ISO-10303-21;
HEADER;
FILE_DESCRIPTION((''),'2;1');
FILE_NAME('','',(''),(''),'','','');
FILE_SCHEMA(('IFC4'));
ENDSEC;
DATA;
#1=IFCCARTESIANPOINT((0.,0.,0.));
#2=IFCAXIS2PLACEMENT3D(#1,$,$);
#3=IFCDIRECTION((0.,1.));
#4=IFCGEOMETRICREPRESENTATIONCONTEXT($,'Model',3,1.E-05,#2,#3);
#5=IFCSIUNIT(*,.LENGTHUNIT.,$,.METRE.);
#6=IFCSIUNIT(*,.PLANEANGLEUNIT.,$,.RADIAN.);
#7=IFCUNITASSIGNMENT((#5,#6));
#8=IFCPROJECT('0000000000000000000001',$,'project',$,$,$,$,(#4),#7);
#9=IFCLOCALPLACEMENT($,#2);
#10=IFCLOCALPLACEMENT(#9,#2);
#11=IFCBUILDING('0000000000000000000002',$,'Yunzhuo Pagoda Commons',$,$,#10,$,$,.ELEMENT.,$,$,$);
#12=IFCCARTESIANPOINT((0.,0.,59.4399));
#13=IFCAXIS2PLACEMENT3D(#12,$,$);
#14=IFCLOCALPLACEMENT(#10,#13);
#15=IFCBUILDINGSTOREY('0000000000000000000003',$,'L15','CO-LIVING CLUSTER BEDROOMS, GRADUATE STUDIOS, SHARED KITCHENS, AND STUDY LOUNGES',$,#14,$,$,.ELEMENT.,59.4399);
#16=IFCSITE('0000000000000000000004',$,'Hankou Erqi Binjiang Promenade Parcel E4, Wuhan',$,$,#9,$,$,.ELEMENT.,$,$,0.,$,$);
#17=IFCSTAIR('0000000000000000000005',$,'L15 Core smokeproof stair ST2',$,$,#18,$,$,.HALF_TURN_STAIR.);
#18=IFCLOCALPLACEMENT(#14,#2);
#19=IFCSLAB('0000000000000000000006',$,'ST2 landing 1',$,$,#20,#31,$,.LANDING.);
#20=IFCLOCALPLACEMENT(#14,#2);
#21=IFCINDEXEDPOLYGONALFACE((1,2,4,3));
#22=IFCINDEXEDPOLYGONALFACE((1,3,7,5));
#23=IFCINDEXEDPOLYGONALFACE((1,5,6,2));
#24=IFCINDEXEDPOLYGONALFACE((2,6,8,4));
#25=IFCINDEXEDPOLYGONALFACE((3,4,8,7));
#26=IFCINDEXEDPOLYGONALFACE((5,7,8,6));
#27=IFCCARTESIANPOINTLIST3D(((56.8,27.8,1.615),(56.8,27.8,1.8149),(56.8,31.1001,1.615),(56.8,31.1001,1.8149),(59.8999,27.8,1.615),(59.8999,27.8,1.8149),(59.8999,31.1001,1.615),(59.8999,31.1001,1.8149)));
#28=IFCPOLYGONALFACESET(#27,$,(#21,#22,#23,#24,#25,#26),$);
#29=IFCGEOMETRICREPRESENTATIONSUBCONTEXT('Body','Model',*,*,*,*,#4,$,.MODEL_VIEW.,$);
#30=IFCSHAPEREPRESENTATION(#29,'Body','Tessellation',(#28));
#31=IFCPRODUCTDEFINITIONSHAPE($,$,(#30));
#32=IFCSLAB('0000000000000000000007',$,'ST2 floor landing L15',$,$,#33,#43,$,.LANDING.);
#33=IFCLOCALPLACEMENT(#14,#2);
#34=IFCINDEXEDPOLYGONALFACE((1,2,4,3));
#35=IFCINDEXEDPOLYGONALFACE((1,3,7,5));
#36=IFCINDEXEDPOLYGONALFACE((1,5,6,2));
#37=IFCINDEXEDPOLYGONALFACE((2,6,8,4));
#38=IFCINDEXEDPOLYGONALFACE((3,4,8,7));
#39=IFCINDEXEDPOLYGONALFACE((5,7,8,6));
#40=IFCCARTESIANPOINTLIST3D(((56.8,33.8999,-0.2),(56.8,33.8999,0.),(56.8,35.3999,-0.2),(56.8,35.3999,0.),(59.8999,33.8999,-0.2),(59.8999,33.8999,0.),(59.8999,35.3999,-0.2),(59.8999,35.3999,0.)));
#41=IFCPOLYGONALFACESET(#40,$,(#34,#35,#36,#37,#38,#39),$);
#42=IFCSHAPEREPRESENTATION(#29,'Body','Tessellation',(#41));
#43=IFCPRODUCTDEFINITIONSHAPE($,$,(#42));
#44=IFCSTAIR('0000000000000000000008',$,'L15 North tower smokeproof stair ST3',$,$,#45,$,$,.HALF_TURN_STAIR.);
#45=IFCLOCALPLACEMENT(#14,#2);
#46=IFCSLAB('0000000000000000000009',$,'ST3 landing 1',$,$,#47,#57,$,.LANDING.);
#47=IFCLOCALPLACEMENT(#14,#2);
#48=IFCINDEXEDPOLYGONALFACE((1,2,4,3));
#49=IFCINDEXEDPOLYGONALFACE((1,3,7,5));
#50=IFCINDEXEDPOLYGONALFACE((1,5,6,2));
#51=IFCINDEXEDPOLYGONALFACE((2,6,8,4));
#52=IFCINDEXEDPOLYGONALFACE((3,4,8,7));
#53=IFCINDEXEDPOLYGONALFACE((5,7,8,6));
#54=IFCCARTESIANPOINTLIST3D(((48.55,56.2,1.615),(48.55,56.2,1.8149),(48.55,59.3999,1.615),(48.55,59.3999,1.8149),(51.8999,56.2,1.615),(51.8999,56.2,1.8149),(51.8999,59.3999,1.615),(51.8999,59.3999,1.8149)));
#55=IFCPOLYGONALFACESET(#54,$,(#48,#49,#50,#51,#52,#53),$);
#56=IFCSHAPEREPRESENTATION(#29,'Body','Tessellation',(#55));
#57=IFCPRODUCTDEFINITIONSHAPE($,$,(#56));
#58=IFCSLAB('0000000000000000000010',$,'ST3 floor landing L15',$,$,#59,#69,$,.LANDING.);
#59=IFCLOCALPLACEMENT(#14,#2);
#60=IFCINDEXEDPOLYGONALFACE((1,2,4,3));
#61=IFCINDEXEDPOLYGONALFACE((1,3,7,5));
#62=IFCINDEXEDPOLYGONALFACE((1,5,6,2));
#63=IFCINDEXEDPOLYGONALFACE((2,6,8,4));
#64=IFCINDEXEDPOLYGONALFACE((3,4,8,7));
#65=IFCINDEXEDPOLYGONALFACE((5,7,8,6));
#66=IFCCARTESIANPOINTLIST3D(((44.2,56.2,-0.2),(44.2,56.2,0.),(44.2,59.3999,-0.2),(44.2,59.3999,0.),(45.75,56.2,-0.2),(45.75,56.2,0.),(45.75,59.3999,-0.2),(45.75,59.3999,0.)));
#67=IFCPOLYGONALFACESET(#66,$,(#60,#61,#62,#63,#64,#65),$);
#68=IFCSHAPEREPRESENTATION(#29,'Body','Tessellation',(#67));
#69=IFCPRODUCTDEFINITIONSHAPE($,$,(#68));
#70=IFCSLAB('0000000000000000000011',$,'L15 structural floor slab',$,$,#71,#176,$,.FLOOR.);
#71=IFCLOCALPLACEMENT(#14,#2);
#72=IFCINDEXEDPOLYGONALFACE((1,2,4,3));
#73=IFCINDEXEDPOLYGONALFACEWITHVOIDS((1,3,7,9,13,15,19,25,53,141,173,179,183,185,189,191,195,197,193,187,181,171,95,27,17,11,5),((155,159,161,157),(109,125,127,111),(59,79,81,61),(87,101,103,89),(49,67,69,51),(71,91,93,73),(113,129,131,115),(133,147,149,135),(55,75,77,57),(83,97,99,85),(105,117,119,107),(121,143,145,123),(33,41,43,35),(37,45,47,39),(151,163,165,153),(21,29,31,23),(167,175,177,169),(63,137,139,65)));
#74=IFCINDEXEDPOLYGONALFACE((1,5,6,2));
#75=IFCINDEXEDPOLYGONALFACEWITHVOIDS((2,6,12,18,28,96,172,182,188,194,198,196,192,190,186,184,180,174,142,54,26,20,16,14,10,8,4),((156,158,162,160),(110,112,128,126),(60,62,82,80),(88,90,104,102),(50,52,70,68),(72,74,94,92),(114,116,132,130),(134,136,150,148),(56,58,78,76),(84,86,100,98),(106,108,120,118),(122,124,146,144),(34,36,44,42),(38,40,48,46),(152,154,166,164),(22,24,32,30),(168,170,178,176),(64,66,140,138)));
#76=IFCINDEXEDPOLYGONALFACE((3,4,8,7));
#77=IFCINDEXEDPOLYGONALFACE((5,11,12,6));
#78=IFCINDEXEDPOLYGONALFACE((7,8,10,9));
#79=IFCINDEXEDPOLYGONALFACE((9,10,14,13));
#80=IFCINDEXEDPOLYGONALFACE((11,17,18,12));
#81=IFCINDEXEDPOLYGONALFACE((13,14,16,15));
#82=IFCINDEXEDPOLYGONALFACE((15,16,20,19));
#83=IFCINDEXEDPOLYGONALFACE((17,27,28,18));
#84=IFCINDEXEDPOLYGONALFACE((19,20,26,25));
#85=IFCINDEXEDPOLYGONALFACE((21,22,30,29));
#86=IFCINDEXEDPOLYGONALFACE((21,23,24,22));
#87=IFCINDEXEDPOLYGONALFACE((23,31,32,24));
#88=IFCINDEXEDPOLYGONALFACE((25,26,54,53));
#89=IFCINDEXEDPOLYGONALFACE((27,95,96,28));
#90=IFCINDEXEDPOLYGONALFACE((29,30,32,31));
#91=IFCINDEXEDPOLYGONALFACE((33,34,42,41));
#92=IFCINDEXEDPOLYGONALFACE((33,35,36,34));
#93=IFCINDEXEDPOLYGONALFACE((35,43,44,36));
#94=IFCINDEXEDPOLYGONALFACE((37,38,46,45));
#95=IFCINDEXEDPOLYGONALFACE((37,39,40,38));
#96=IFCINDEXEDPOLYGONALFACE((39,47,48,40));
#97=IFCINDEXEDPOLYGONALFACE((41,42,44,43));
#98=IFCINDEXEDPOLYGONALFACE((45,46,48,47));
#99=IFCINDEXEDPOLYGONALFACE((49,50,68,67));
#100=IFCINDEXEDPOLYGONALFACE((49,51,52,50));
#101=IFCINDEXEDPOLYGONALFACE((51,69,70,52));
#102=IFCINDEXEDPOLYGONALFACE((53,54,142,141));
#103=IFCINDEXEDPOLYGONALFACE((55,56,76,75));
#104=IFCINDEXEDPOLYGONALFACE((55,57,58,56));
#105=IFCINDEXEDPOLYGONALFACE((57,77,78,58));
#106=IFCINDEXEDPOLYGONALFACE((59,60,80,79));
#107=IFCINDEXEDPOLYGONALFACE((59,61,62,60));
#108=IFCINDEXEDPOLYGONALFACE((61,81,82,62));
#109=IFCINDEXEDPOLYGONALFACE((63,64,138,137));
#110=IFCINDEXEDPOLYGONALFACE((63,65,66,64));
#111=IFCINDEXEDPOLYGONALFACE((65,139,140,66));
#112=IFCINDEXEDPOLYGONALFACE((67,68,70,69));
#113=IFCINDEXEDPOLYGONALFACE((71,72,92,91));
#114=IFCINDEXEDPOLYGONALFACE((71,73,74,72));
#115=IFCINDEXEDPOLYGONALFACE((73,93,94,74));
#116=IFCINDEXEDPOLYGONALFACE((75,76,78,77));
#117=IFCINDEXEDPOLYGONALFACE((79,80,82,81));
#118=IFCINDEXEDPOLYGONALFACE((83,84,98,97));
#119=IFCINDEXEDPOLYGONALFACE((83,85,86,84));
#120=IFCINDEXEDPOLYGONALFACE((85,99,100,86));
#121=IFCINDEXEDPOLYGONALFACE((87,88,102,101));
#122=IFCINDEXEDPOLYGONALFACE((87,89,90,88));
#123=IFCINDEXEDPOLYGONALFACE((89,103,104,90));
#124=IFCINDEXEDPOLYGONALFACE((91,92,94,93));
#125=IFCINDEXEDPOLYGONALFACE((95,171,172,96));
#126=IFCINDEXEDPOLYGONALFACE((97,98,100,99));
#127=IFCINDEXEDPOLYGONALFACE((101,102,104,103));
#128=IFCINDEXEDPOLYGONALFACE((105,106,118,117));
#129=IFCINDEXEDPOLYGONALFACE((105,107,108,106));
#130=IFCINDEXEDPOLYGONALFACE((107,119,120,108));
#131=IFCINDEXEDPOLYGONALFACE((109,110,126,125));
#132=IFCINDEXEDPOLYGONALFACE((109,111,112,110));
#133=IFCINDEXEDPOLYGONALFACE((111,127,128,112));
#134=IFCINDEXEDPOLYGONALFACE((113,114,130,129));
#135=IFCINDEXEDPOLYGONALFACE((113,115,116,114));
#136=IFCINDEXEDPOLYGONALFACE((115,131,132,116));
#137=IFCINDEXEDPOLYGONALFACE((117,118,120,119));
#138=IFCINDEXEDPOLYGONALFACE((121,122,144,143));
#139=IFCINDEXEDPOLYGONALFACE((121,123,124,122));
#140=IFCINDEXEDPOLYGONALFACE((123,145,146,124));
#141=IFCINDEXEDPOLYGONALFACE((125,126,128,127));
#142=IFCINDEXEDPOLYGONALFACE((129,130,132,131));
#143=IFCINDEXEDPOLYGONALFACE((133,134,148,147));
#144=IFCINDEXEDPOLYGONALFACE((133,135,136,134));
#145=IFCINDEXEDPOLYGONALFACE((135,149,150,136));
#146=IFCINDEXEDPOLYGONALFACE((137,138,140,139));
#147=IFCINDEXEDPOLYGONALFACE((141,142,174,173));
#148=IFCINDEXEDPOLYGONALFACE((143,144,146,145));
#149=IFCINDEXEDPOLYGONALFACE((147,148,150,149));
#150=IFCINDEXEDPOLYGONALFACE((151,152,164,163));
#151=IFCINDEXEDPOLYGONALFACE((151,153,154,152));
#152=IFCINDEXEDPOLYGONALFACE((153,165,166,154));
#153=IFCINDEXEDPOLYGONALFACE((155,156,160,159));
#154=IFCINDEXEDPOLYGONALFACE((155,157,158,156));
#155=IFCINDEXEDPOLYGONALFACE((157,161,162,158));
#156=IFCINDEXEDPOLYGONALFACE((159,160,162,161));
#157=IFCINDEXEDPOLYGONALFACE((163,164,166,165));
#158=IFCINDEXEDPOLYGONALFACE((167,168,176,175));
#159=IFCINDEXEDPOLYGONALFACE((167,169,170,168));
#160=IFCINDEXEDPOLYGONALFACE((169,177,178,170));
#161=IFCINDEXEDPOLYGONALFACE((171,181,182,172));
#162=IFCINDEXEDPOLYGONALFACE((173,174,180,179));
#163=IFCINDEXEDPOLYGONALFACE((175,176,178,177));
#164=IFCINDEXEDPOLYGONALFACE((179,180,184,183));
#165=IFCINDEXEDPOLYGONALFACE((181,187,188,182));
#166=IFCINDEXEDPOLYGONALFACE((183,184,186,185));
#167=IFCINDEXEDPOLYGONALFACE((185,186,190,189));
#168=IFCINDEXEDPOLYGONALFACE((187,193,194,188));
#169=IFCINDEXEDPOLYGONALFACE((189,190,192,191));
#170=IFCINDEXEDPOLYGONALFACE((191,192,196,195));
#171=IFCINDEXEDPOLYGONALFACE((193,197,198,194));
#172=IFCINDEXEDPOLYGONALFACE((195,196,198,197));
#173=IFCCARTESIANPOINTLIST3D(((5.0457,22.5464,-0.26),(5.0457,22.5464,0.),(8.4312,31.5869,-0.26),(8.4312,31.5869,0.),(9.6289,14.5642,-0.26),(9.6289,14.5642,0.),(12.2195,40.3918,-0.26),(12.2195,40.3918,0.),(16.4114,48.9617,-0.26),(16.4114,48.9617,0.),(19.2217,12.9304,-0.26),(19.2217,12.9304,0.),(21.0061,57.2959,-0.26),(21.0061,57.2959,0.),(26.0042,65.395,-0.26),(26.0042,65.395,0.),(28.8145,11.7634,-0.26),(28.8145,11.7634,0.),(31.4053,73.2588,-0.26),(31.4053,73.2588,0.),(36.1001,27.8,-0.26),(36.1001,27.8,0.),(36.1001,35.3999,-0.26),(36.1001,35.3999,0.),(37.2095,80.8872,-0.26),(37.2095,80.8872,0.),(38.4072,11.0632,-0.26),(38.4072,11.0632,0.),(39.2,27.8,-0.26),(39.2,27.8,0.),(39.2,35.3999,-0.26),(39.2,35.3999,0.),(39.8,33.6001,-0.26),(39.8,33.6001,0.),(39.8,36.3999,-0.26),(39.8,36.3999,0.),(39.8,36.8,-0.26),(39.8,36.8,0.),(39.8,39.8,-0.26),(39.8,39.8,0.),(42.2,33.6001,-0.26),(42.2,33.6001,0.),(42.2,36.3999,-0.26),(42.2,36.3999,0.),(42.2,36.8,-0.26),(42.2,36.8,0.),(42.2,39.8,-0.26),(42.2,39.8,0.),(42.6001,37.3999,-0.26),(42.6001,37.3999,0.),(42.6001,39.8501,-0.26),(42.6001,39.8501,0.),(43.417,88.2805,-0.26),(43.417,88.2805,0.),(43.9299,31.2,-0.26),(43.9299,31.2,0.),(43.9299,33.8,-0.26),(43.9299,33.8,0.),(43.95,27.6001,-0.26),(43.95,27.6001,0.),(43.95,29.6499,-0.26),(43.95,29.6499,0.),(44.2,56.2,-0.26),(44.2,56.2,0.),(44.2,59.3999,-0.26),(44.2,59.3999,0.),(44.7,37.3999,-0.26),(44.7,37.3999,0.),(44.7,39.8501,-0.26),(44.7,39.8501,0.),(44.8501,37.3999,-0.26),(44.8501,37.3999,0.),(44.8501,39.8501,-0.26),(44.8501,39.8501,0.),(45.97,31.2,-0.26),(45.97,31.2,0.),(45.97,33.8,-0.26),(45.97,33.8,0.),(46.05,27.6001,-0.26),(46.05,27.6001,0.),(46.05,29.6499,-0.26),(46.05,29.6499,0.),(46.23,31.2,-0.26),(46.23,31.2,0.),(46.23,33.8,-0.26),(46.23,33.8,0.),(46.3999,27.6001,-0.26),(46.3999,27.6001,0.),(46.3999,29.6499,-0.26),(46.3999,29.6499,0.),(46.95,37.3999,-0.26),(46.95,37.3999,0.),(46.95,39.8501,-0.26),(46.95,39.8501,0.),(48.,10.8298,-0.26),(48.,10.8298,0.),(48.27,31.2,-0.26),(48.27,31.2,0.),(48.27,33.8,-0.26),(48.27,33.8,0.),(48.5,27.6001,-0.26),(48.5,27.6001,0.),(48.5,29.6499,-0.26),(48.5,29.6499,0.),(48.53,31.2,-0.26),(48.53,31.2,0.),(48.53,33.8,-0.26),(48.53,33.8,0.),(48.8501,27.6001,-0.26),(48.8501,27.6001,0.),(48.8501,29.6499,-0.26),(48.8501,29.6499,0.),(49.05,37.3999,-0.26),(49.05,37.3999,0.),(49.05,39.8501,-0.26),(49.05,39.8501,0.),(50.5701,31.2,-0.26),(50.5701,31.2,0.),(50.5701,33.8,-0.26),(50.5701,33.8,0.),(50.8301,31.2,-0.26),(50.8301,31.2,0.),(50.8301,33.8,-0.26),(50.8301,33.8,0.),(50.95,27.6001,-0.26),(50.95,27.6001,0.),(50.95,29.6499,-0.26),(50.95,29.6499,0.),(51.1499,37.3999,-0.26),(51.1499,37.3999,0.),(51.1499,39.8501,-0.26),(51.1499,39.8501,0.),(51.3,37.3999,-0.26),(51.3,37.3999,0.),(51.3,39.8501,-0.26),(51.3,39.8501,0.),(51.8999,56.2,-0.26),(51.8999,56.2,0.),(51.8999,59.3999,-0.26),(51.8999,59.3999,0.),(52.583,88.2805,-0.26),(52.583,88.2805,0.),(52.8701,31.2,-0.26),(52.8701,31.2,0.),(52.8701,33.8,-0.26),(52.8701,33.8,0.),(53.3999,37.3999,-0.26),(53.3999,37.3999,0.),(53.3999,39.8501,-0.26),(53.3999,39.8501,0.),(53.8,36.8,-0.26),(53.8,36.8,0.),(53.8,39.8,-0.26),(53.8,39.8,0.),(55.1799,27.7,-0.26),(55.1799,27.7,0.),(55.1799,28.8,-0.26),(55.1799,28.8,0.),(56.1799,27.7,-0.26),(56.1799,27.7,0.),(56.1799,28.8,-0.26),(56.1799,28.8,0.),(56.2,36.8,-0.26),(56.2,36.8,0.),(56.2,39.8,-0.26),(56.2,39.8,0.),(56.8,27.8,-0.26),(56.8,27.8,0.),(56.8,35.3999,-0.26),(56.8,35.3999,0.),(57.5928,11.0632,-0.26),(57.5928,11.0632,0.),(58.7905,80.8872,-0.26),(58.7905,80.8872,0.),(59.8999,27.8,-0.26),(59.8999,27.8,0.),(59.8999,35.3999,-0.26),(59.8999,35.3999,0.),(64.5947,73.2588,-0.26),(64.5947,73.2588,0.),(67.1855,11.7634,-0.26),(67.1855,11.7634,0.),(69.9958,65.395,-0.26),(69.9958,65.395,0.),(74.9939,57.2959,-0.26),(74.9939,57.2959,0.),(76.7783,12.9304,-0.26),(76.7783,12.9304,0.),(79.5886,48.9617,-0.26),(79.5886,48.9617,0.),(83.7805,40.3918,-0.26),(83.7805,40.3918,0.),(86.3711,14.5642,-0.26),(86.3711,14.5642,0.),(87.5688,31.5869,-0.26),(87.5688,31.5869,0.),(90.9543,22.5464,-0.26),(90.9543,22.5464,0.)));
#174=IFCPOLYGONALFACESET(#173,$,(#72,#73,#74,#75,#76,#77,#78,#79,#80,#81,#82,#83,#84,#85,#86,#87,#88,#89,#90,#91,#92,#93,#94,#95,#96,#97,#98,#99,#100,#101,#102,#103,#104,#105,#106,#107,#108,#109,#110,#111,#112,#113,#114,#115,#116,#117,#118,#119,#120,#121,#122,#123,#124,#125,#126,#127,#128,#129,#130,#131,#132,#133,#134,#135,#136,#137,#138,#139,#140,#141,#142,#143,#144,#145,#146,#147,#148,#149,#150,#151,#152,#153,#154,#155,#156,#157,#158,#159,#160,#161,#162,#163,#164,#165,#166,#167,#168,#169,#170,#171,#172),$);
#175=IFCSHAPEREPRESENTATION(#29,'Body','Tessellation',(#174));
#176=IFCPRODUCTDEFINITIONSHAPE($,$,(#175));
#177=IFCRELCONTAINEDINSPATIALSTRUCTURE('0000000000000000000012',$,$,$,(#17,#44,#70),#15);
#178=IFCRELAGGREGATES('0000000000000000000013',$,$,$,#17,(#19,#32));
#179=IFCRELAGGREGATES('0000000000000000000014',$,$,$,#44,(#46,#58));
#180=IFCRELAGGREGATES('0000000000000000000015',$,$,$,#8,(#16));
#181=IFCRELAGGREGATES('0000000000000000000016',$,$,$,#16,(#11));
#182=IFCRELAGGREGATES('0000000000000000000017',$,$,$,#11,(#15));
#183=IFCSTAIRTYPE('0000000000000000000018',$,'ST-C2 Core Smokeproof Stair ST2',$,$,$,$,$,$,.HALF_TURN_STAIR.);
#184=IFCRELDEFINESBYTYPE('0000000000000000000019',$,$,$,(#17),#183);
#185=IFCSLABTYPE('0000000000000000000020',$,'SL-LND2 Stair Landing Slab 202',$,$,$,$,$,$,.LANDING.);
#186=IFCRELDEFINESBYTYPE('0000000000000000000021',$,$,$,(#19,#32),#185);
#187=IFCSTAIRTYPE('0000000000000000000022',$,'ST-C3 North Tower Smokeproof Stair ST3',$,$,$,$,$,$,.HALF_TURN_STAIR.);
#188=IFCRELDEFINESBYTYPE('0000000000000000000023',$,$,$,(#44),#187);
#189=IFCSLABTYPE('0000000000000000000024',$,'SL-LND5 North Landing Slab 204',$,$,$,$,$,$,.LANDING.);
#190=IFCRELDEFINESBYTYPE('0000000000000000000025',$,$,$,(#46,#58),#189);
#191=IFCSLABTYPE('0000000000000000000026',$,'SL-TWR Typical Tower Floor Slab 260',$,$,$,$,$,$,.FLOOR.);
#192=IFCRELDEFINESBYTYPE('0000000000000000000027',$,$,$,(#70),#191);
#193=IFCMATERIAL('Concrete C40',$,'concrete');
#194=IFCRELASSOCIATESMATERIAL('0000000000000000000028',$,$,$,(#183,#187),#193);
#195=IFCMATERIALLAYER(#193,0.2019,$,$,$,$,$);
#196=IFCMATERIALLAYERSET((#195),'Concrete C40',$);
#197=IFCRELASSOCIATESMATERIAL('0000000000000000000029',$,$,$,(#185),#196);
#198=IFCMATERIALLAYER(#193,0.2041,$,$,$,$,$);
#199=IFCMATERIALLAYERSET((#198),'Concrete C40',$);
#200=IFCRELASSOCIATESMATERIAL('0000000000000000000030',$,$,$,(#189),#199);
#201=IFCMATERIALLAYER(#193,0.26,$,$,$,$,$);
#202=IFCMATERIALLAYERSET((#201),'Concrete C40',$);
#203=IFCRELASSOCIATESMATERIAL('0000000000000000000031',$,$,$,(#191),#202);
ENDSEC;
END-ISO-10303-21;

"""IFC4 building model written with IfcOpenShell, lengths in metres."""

from ifc_helpers import new_model, si_unit, direction, frame, origin, place, context, subcontext, project, spatial, polyline, outline, extrude, material, layer, layer_set, type_object, element, aggregate, save


model = new_model("IFC4")

# Units and contexts
model_context = context("Model", 3, precision=1e-05, world=origin(), true_north=direction((0.0, 1.0)))
body_context = subcontext(model_context, "Body", "Model", "MODEL_VIEW")
ifc_project = project(units=[si_unit("LENGTHUNIT", "METRE"), si_unit("PLANEANGLEUNIT", "RADIAN")], contexts=[model_context])

# Site, building, storey
site_placement = place(None, origin())
site = spatial("IfcSite", under=ifc_project, at=site_placement, Name="Hankou Erqi Binjiang Promenade Parcel E4, Wuhan", CompositionType="ELEMENT", RefElevation=0.0)
building_placement = place(site_placement, origin())
building = spatial("IfcBuilding", under=site, at=building_placement, Name="Yunzhuo Pagoda Commons", CompositionType="ELEMENT")
storey_placement = place(building_placement, frame((0.0, 0.0, 59.4399)))
storey = spatial("IfcBuildingStorey", under=building, at=storey_placement, Name="L15", Description="CO-LIVING CLUSTER BEDROOMS, GRADUATE STUDIOS, SHARED KITCHENS, AND STUDY LOUNGES", CompositionType="ELEMENT", Elevation=59.4399)

# Shared definitions
ifc_material_1 = material(Name="Concrete C40", Category="concrete")

# Stairs, slabs
stair_type_1 = type_object("IfcStairType", Name="ST-C2 Core Smokeproof Stair ST2", PredefinedType="HALF_TURN_STAIR", material=ifc_material_1)
stair_1_placement = place(storey_placement, origin())
stair_1 = element("IfcStair", 1, at=stair_1_placement, inside=storey, type_object=stair_type_1, Name="L15 Core smokeproof stair ST2", PredefinedType="HALF_TURN_STAIR")
ifc_layer_1 = layer(ifc_material_1, 0.2019)
ifc_layer_set_1 = layer_set([ifc_layer_1], Name="Concrete C40")
slab_type_1 = type_object("IfcSlabType", Name="SL-LND2 Stair Landing Slab 202", PredefinedType="LANDING", material=ifc_layer_set_1)
slab_1_placement = place(storey_placement, frame((0.0, 0.0, 1.615)))
slab_1 = element("IfcSlab", 2, at=slab_1_placement, type_object=slab_type_1, Name="ST2 landing 1", PredefinedType="LANDING", context=body_context, shape_type="SweptSolid", body=[
    extrude(outline(polyline([(56.8, 31.1001), (56.8, 27.8), (59.8999, 27.8), (59.8999, 31.1001), (56.8, 31.1001)])), origin(), (0.0, 0.0, 1.0), 0.2),
])
slab_2_placement = place(storey_placement, frame((0.0, 0.0, -0.2)))
slab_2 = element("IfcSlab", 3, at=slab_2_placement, type_object=slab_type_1, Name="ST2 floor landing L15", PredefinedType="LANDING", context=body_context, shape_type="SweptSolid", body=[
    extrude(outline(polyline([(56.8, 35.3999), (56.8, 33.8999), (59.8999, 33.8999), (59.8999, 35.3999), (56.8, 35.3999)])), origin(), (0.0, 0.0, 1.0), 0.2),
])
aggregate(stair_1, [slab_1, slab_2])
stair_type_2 = type_object("IfcStairType", Name="ST-C3 North Tower Smokeproof Stair ST3", PredefinedType="HALF_TURN_STAIR", material=ifc_material_1)
stair_2_placement = place(storey_placement, origin())
stair_2 = element("IfcStair", 4, at=stair_2_placement, inside=storey, type_object=stair_type_2, Name="L15 North tower smokeproof stair ST3", PredefinedType="HALF_TURN_STAIR")
ifc_layer_2 = layer(ifc_material_1, 0.2041)
ifc_layer_set_2 = layer_set([ifc_layer_2], Name="Concrete C40")
slab_type_2 = type_object("IfcSlabType", Name="SL-LND5 North Landing Slab 204", PredefinedType="LANDING", material=ifc_layer_set_2)
slab_3_placement = place(storey_placement, frame((0.0, 0.0, 1.615)))
slab_3 = element("IfcSlab", 5, at=slab_3_placement, type_object=slab_type_2, Name="ST3 landing 1", PredefinedType="LANDING", context=body_context, shape_type="SweptSolid", body=[
    extrude(outline(polyline([(48.55, 56.2), (51.8999, 56.2), (51.8999, 59.3999), (48.55, 59.3999), (48.55, 56.2)])), origin(), (0.0, 0.0, 1.0), 0.2),
])
slab_4_placement = place(storey_placement, frame((0.0, 0.0, -0.2)))
slab_4 = element("IfcSlab", 6, at=slab_4_placement, type_object=slab_type_2, Name="ST3 floor landing L15", PredefinedType="LANDING", context=body_context, shape_type="SweptSolid", body=[
    extrude(outline(polyline([(44.2, 56.2), (45.75, 56.2), (45.75, 59.3999), (44.2, 59.3999), (44.2, 56.2)])), origin(), (0.0, 0.0, 1.0), 0.2),
])
aggregate(stair_2, [slab_3, slab_4])

# Slab
ifc_layer_3 = layer(ifc_material_1, 0.26)
ifc_layer_set_3 = layer_set([ifc_layer_3], Name="Concrete C40")
slab_type_3 = type_object("IfcSlabType", Name="SL-TWR Typical Tower Floor Slab 260", PredefinedType="FLOOR", material=ifc_layer_set_3)
slab_5_placement = place(storey_placement, frame((0.0, 0.0, -0.26)))
element("IfcSlab", 7, at=slab_5_placement, inside=storey, type_object=slab_type_3, Name="L15 structural floor slab", PredefinedType="FLOOR", context=body_context, shape_type="SweptSolid", body=[
    extrude(outline(polyline([(8.4312, 31.5869), (12.2195, 40.3918), (16.4114, 48.9617), (21.0061, 57.2959), (26.0042, 65.395), (31.4053, 73.2588), (37.2095, 80.8872), (43.417, 88.2805), (52.583, 88.2805), (58.7905, 80.8872), (64.5947, 73.2588), (69.9958, 65.395), (74.9939, 57.2959), (79.5886, 48.9617), (83.7805, 40.3918), (87.5688, 31.5869), (90.9543, 22.5464), (86.3711, 14.5642), (76.7783, 12.9304), (67.1855, 11.7634), (57.5928, 11.0632), (48.0, 10.8298), (38.4072, 11.0632), (28.8145, 11.7634), (19.2217, 12.9304), (9.6289, 14.5642), (5.0457, 22.5464), (8.4312, 31.5869)]), holes=[polyline([(46.05, 27.6001), (46.05, 29.6499), (43.95, 29.6499), (43.95, 27.6001), (46.05, 27.6001)]), polyline([(48.5, 27.6001), (48.5, 29.6499), (46.3999, 29.6499), (46.3999, 27.6001), (48.5, 27.6001)]), polyline([(36.1001, 27.8), (39.2, 27.8), (39.2, 35.3999), (36.1001, 35.3999), (36.1001, 27.8)]), polyline([(45.97, 31.2), (45.97, 33.8), (43.9299, 33.8), (43.9299, 31.2), (45.97, 31.2)]), polyline([(48.27, 31.2), (48.27, 33.8), (46.23, 33.8), (46.23, 31.2), (48.27, 31.2)]), polyline([(42.2, 33.6001), (42.2, 36.3999), (39.8, 36.3999), (39.8, 33.6001), (42.2, 33.6001)]), polyline([(42.2, 36.8), (42.2, 39.8), (39.8, 39.8), (39.8, 36.8), (42.2, 36.8)]), polyline([(42.6001, 37.3999), (44.7, 37.3999), (44.7, 39.8501), (42.6001, 39.8501), (42.6001, 37.3999)]), polyline([(44.8501, 37.3999), (46.95, 37.3999), (46.95, 39.8501), (44.8501, 39.8501), (44.8501, 37.3999)]), polyline([(56.1799, 27.7), (56.1799, 28.8), (55.1799, 28.8), (55.1799, 27.7), (56.1799, 27.7)]), polyline([(50.95, 27.6001), (50.95, 29.6499), (48.8501, 29.6499), (48.8501, 27.6001), (50.95, 27.6001)]), polyline([(56.8, 27.8), (59.8999, 27.8), (59.8999, 35.3999), (56.8, 35.3999), (56.8, 27.8)]), polyline([(50.5701, 31.2), (50.5701, 33.8), (48.53, 33.8), (48.53, 31.2), (50.5701, 31.2)]), polyline([(52.8701, 31.2), (52.8701, 33.8), (50.8301, 33.8), (50.8301, 31.2), (52.8701, 31.2)]), polyline([(56.2, 36.8), (56.2, 39.8), (53.8, 39.8), (53.8, 36.8), (56.2, 36.8)]), polyline([(51.1499, 37.3999), (51.1499, 39.8501), (49.05, 39.8501), (49.05, 37.3999), (51.1499, 37.3999)]), polyline([(51.3, 37.3999), (53.3999, 37.3999), (53.3999, 39.8501), (51.3, 39.8501), (51.3, 37.3999)]), polyline([(44.2, 56.2), (51.8999, 56.2), (51.8999, 59.3999), (44.2, 59.3999), (44.2, 56.2)])]), origin(), (0.0, 0.0, 1.0), 0.26),
])

save(model, "model.ifc")
